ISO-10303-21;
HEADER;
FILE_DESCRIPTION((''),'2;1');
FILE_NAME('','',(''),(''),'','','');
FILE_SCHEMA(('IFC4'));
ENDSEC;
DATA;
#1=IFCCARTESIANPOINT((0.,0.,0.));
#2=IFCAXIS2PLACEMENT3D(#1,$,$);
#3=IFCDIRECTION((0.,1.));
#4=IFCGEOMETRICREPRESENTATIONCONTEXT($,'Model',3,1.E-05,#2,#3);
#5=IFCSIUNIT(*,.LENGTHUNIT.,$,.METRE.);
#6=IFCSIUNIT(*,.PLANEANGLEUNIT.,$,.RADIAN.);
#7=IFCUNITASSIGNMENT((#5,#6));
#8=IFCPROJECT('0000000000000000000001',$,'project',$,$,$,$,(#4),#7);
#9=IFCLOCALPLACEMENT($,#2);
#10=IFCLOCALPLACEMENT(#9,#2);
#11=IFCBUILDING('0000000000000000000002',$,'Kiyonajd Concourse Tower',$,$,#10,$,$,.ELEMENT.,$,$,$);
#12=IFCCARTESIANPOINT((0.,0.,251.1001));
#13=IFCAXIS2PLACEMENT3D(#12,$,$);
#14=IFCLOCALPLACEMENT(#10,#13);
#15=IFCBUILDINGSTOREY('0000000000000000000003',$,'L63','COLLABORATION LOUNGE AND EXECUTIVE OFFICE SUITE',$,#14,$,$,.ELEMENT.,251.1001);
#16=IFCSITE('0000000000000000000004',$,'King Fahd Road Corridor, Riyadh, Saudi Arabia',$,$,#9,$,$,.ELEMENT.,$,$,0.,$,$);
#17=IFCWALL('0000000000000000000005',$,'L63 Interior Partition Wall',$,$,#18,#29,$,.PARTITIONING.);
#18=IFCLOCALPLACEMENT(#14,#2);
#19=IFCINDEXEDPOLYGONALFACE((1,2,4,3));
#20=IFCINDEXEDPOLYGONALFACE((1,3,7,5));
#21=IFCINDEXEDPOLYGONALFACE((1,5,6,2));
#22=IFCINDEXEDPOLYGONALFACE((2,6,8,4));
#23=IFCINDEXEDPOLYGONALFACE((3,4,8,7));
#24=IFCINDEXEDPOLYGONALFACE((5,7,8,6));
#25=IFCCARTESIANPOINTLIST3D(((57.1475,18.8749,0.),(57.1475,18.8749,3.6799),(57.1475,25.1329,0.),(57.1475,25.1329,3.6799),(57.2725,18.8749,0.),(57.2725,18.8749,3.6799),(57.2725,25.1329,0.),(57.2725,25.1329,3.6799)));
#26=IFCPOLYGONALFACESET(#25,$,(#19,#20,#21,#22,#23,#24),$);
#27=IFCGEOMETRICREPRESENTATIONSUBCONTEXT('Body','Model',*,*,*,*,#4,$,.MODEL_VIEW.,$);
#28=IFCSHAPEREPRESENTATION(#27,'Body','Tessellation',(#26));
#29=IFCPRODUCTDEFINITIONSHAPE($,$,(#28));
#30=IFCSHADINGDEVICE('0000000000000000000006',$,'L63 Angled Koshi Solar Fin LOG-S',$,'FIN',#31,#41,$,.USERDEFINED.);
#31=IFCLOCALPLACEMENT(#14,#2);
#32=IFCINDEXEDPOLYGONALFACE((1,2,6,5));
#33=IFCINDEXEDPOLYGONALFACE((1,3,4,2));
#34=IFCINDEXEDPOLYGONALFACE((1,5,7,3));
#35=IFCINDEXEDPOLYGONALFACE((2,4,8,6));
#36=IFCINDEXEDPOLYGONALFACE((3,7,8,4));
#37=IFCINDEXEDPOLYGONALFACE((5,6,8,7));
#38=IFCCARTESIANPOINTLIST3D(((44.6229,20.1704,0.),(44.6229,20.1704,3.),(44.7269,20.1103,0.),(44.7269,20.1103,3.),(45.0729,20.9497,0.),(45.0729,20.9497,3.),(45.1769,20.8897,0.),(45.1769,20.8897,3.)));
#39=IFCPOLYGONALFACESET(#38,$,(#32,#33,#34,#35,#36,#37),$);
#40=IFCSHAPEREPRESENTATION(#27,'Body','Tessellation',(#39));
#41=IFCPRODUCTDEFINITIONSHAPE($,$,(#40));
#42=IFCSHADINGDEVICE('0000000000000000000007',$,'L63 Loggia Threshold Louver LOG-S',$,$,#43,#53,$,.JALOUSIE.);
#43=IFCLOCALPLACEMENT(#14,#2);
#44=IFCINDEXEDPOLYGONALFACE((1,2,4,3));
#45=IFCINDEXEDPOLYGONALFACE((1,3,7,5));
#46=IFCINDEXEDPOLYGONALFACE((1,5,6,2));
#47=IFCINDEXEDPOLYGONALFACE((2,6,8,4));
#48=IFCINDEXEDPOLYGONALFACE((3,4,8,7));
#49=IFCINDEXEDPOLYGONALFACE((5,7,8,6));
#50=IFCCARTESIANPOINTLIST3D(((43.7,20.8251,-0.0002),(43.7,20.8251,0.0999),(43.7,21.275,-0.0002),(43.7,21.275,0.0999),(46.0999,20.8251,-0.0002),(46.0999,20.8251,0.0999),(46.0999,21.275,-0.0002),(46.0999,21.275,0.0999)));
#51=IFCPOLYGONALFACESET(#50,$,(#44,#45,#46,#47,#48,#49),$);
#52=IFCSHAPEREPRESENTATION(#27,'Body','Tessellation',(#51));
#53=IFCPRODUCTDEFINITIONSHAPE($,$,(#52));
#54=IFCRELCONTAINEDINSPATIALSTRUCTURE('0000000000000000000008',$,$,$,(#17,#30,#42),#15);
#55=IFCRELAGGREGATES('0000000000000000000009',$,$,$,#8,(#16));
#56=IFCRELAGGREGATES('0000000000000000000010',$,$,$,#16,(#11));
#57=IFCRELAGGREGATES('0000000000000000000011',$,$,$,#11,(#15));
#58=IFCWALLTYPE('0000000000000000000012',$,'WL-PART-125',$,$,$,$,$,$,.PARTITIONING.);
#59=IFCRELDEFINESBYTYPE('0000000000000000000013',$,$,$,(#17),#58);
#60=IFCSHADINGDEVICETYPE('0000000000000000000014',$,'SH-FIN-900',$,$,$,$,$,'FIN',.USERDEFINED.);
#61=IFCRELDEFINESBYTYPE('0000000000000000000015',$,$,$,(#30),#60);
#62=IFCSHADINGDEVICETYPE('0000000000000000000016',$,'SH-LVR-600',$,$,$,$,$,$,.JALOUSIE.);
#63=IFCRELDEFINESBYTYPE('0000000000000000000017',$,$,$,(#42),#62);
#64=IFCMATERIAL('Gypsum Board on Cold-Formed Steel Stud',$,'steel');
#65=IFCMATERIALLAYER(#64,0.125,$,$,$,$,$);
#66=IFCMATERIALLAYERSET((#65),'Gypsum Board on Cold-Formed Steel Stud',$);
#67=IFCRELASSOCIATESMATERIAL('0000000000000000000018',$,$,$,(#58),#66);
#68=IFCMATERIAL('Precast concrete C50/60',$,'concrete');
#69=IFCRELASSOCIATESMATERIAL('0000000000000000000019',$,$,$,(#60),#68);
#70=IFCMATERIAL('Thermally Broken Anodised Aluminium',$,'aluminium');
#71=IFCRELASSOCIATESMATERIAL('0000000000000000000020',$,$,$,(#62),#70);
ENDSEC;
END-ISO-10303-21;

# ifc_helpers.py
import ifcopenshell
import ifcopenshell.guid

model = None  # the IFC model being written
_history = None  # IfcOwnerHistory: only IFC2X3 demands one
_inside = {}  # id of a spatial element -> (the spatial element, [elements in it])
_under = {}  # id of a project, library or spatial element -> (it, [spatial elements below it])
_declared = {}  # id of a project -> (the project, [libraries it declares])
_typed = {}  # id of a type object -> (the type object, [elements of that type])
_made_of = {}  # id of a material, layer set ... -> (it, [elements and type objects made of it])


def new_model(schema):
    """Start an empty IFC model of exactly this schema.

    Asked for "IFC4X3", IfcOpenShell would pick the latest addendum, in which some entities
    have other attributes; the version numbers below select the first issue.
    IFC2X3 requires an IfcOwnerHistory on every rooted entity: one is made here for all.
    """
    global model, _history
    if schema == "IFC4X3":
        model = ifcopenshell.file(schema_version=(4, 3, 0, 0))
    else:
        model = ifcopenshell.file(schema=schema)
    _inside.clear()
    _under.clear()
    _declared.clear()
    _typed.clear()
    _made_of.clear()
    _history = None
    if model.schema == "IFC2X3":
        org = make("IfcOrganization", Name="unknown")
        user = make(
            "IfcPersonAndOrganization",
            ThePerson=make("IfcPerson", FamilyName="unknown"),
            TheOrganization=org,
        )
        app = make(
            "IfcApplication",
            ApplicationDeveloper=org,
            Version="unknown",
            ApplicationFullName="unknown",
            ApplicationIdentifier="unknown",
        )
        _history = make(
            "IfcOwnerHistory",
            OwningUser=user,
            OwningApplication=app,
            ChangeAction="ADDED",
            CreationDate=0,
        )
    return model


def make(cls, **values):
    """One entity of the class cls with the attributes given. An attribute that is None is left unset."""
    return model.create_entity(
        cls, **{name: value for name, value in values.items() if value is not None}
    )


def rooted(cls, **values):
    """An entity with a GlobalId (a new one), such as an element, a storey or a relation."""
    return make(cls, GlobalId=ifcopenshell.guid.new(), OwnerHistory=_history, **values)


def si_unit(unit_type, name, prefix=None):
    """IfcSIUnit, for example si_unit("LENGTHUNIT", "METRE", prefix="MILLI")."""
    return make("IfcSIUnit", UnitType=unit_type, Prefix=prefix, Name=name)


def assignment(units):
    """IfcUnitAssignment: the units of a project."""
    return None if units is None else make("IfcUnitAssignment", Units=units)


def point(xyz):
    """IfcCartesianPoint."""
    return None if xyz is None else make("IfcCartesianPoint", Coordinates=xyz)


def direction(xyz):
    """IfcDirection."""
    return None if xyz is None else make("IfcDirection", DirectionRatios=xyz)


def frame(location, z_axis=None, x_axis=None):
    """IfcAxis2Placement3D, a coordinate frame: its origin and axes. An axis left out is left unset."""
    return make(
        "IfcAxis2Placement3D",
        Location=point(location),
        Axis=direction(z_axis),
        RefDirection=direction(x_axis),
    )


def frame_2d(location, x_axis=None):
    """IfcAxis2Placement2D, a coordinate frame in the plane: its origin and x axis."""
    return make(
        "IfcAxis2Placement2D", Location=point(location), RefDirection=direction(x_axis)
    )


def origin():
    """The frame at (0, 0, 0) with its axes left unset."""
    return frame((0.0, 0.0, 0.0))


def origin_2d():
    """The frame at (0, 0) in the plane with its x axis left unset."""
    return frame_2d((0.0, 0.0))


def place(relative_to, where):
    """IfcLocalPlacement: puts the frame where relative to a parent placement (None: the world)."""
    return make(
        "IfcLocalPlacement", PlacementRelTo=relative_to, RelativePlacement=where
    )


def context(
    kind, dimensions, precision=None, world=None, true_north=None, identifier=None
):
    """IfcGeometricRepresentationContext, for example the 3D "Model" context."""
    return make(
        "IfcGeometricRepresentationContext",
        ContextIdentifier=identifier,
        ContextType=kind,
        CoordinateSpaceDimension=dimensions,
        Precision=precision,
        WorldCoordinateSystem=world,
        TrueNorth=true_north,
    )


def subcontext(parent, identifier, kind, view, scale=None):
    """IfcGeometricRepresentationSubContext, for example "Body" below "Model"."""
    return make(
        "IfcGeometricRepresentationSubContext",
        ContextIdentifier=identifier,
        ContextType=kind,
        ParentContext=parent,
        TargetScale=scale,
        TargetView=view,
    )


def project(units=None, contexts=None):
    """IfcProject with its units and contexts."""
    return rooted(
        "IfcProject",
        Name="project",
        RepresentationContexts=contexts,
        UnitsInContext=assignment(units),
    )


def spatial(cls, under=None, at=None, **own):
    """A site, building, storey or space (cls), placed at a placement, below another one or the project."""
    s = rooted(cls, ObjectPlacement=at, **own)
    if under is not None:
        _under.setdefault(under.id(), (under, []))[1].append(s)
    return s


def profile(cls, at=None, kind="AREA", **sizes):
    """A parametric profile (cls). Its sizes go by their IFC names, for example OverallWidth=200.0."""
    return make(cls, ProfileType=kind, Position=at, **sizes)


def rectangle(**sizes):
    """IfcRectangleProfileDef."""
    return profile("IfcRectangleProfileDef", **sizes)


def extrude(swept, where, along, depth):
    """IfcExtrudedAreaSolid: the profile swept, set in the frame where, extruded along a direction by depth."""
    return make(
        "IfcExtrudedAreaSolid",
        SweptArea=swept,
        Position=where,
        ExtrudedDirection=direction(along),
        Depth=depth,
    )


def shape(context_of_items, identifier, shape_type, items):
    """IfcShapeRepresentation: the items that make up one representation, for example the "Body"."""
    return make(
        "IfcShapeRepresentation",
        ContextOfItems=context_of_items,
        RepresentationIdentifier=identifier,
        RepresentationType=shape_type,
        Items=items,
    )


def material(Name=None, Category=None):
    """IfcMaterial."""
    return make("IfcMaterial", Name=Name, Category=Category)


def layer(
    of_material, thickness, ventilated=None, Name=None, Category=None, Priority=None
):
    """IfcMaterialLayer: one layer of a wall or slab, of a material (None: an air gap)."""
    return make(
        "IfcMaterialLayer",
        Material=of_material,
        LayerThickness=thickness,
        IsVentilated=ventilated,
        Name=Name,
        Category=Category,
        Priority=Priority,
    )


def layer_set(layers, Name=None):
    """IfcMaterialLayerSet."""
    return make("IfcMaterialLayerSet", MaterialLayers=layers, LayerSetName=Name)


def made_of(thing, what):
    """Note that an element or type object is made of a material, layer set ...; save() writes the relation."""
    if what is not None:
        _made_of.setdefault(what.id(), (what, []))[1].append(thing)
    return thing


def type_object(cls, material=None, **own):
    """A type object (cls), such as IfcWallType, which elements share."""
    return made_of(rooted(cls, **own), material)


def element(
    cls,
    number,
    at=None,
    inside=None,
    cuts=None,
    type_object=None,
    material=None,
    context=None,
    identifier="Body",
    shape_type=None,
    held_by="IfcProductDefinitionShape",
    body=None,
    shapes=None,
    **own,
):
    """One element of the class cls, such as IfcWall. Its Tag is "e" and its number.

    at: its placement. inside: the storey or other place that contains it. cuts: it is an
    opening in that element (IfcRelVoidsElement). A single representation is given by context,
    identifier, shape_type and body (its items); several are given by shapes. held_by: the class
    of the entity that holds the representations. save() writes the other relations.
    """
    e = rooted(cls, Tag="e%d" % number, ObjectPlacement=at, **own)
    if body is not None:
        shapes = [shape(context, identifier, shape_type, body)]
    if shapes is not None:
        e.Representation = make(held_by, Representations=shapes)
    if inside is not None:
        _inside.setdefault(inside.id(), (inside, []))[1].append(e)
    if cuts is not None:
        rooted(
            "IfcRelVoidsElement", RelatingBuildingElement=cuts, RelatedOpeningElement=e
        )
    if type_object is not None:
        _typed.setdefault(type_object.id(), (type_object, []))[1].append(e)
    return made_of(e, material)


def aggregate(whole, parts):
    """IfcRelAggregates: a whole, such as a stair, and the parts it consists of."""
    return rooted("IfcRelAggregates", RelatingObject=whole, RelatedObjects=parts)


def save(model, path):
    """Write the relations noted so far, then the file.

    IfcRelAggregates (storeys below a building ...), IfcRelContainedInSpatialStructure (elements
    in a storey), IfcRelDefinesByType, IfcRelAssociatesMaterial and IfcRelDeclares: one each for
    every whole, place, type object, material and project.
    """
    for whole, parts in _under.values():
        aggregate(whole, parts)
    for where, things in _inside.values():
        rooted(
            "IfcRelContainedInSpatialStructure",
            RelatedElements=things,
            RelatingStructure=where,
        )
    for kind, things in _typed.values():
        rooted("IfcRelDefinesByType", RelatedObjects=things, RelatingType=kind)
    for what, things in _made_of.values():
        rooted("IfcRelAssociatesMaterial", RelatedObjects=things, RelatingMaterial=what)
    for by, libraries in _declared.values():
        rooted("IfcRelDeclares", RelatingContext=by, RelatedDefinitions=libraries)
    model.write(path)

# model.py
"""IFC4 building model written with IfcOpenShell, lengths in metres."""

from ifc_helpers import new_model, si_unit, direction, frame, frame_2d, origin, origin_2d, place, context, subcontext, project, spatial, rectangle, extrude, material, layer, layer_set, type_object, element, save


model = new_model("IFC4")

# Units and contexts
model_context = context("Model", 3, precision=1e-05, world=origin(), true_north=direction((0.0, 1.0)))
body_context = subcontext(model_context, "Body", "Model", "MODEL_VIEW")
ifc_project = project(units=[si_unit("LENGTHUNIT", "METRE"), si_unit("PLANEANGLEUNIT", "RADIAN")], contexts=[model_context])

# Site, building, storey
site_placement = place(None, origin())
site = spatial("IfcSite", under=ifc_project, at=site_placement, Name="King Fahd Road Corridor, Riyadh, Saudi Arabia", CompositionType="ELEMENT", RefElevation=0.0)
building_placement = place(site_placement, origin())
building = spatial("IfcBuilding", under=site, at=building_placement, Name="Kiyonajd Concourse Tower", CompositionType="ELEMENT")
storey_placement = place(building_placement, frame((0.0, 0.0, 251.1001)))
storey = spatial("IfcBuildingStorey", under=building, at=storey_placement, Name="L63", Description="COLLABORATION LOUNGE AND EXECUTIVE OFFICE SUITE", CompositionType="ELEMENT", Elevation=251.1001)

# Shared definitions
ifc_material_1 = material(Name="Thermally Broken Anodised Aluminium", Category="aluminium")

# Shared definitions
ifc_material_2 = material(Name="Precast concrete C50/60", Category="concrete")

# Wall
ifc_material_3 = material(Name="Gypsum Board on Cold-Formed Steel Stud", Category="steel")
ifc_layer_1 = layer(ifc_material_3, 0.125)
ifc_layer_set_1 = layer_set([ifc_layer_1], Name="Gypsum Board on Cold-Formed Steel Stud")
wall_type_1 = type_object("IfcWallType", Name="WL-PART-125", PredefinedType="PARTITIONING", material=ifc_layer_set_1)
wall_1_placement = place(storey_placement, frame((57.21, 18.875, 0.0), z_axis=(0.0, 0.0, 1.0), x_axis=(0.0, 1.0, 0.0)))
element("IfcWall", 1, at=wall_1_placement, inside=storey, type_object=wall_type_1, Name="L63 Interior Partition Wall", PredefinedType="PARTITIONING", context=body_context, shape_type="SweptSolid", body=[
    extrude(rectangle(XDim=6.2581, YDim=0.125, at=frame_2d((3.1289, 0.0))), origin(), (0.0, 0.0, 1.0), 3.6799),
])

# Shading devices
shading_device_type_1 = type_object("IfcShadingDeviceType", Name="SH-FIN-900", ElementType="FIN", PredefinedType="USERDEFINED", material=ifc_material_2)
shading_device_1_placement = place(storey_placement, frame((44.8999, 20.53, 0.0), z_axis=(0.0, 0.0, 1.0), x_axis=(0.5, 0.866025, 0.0)))
element("IfcShadingDevice", 2, at=shading_device_1_placement, inside=storey, type_object=shading_device_type_1, Name="L63 Angled Koshi Solar Fin LOG-S", ObjectType="FIN", PredefinedType="USERDEFINED", context=body_context, shape_type="SweptSolid", body=[
    extrude(rectangle(XDim=0.8999, YDim=0.1201, at=origin_2d()), origin(), (0.0, 0.0, 1.0), 3.0),
])
shading_device_type_2 = type_object("IfcShadingDeviceType", Name="SH-LVR-600", PredefinedType="JALOUSIE", material=ifc_material_1)
shading_device_2_placement = place(storey_placement, frame((44.8999, 21.05, -0.0002), z_axis=(0.0, 0.0, 1.0), x_axis=(1.0, 0.0, 0.0)))
element("IfcShadingDevice", 3, at=shading_device_2_placement, inside=storey, type_object=shading_device_type_2, Name="L63 Loggia Threshold Louver LOG-S", PredefinedType="JALOUSIE", context=body_context, shape_type="SweptSolid", body=[
    extrude(rectangle(XDim=2.3999, YDim=0.45, at=origin_2d()), origin(), (0.0, 0.0, 1.0), 0.1001),
])

save(model, "model.ifc")
